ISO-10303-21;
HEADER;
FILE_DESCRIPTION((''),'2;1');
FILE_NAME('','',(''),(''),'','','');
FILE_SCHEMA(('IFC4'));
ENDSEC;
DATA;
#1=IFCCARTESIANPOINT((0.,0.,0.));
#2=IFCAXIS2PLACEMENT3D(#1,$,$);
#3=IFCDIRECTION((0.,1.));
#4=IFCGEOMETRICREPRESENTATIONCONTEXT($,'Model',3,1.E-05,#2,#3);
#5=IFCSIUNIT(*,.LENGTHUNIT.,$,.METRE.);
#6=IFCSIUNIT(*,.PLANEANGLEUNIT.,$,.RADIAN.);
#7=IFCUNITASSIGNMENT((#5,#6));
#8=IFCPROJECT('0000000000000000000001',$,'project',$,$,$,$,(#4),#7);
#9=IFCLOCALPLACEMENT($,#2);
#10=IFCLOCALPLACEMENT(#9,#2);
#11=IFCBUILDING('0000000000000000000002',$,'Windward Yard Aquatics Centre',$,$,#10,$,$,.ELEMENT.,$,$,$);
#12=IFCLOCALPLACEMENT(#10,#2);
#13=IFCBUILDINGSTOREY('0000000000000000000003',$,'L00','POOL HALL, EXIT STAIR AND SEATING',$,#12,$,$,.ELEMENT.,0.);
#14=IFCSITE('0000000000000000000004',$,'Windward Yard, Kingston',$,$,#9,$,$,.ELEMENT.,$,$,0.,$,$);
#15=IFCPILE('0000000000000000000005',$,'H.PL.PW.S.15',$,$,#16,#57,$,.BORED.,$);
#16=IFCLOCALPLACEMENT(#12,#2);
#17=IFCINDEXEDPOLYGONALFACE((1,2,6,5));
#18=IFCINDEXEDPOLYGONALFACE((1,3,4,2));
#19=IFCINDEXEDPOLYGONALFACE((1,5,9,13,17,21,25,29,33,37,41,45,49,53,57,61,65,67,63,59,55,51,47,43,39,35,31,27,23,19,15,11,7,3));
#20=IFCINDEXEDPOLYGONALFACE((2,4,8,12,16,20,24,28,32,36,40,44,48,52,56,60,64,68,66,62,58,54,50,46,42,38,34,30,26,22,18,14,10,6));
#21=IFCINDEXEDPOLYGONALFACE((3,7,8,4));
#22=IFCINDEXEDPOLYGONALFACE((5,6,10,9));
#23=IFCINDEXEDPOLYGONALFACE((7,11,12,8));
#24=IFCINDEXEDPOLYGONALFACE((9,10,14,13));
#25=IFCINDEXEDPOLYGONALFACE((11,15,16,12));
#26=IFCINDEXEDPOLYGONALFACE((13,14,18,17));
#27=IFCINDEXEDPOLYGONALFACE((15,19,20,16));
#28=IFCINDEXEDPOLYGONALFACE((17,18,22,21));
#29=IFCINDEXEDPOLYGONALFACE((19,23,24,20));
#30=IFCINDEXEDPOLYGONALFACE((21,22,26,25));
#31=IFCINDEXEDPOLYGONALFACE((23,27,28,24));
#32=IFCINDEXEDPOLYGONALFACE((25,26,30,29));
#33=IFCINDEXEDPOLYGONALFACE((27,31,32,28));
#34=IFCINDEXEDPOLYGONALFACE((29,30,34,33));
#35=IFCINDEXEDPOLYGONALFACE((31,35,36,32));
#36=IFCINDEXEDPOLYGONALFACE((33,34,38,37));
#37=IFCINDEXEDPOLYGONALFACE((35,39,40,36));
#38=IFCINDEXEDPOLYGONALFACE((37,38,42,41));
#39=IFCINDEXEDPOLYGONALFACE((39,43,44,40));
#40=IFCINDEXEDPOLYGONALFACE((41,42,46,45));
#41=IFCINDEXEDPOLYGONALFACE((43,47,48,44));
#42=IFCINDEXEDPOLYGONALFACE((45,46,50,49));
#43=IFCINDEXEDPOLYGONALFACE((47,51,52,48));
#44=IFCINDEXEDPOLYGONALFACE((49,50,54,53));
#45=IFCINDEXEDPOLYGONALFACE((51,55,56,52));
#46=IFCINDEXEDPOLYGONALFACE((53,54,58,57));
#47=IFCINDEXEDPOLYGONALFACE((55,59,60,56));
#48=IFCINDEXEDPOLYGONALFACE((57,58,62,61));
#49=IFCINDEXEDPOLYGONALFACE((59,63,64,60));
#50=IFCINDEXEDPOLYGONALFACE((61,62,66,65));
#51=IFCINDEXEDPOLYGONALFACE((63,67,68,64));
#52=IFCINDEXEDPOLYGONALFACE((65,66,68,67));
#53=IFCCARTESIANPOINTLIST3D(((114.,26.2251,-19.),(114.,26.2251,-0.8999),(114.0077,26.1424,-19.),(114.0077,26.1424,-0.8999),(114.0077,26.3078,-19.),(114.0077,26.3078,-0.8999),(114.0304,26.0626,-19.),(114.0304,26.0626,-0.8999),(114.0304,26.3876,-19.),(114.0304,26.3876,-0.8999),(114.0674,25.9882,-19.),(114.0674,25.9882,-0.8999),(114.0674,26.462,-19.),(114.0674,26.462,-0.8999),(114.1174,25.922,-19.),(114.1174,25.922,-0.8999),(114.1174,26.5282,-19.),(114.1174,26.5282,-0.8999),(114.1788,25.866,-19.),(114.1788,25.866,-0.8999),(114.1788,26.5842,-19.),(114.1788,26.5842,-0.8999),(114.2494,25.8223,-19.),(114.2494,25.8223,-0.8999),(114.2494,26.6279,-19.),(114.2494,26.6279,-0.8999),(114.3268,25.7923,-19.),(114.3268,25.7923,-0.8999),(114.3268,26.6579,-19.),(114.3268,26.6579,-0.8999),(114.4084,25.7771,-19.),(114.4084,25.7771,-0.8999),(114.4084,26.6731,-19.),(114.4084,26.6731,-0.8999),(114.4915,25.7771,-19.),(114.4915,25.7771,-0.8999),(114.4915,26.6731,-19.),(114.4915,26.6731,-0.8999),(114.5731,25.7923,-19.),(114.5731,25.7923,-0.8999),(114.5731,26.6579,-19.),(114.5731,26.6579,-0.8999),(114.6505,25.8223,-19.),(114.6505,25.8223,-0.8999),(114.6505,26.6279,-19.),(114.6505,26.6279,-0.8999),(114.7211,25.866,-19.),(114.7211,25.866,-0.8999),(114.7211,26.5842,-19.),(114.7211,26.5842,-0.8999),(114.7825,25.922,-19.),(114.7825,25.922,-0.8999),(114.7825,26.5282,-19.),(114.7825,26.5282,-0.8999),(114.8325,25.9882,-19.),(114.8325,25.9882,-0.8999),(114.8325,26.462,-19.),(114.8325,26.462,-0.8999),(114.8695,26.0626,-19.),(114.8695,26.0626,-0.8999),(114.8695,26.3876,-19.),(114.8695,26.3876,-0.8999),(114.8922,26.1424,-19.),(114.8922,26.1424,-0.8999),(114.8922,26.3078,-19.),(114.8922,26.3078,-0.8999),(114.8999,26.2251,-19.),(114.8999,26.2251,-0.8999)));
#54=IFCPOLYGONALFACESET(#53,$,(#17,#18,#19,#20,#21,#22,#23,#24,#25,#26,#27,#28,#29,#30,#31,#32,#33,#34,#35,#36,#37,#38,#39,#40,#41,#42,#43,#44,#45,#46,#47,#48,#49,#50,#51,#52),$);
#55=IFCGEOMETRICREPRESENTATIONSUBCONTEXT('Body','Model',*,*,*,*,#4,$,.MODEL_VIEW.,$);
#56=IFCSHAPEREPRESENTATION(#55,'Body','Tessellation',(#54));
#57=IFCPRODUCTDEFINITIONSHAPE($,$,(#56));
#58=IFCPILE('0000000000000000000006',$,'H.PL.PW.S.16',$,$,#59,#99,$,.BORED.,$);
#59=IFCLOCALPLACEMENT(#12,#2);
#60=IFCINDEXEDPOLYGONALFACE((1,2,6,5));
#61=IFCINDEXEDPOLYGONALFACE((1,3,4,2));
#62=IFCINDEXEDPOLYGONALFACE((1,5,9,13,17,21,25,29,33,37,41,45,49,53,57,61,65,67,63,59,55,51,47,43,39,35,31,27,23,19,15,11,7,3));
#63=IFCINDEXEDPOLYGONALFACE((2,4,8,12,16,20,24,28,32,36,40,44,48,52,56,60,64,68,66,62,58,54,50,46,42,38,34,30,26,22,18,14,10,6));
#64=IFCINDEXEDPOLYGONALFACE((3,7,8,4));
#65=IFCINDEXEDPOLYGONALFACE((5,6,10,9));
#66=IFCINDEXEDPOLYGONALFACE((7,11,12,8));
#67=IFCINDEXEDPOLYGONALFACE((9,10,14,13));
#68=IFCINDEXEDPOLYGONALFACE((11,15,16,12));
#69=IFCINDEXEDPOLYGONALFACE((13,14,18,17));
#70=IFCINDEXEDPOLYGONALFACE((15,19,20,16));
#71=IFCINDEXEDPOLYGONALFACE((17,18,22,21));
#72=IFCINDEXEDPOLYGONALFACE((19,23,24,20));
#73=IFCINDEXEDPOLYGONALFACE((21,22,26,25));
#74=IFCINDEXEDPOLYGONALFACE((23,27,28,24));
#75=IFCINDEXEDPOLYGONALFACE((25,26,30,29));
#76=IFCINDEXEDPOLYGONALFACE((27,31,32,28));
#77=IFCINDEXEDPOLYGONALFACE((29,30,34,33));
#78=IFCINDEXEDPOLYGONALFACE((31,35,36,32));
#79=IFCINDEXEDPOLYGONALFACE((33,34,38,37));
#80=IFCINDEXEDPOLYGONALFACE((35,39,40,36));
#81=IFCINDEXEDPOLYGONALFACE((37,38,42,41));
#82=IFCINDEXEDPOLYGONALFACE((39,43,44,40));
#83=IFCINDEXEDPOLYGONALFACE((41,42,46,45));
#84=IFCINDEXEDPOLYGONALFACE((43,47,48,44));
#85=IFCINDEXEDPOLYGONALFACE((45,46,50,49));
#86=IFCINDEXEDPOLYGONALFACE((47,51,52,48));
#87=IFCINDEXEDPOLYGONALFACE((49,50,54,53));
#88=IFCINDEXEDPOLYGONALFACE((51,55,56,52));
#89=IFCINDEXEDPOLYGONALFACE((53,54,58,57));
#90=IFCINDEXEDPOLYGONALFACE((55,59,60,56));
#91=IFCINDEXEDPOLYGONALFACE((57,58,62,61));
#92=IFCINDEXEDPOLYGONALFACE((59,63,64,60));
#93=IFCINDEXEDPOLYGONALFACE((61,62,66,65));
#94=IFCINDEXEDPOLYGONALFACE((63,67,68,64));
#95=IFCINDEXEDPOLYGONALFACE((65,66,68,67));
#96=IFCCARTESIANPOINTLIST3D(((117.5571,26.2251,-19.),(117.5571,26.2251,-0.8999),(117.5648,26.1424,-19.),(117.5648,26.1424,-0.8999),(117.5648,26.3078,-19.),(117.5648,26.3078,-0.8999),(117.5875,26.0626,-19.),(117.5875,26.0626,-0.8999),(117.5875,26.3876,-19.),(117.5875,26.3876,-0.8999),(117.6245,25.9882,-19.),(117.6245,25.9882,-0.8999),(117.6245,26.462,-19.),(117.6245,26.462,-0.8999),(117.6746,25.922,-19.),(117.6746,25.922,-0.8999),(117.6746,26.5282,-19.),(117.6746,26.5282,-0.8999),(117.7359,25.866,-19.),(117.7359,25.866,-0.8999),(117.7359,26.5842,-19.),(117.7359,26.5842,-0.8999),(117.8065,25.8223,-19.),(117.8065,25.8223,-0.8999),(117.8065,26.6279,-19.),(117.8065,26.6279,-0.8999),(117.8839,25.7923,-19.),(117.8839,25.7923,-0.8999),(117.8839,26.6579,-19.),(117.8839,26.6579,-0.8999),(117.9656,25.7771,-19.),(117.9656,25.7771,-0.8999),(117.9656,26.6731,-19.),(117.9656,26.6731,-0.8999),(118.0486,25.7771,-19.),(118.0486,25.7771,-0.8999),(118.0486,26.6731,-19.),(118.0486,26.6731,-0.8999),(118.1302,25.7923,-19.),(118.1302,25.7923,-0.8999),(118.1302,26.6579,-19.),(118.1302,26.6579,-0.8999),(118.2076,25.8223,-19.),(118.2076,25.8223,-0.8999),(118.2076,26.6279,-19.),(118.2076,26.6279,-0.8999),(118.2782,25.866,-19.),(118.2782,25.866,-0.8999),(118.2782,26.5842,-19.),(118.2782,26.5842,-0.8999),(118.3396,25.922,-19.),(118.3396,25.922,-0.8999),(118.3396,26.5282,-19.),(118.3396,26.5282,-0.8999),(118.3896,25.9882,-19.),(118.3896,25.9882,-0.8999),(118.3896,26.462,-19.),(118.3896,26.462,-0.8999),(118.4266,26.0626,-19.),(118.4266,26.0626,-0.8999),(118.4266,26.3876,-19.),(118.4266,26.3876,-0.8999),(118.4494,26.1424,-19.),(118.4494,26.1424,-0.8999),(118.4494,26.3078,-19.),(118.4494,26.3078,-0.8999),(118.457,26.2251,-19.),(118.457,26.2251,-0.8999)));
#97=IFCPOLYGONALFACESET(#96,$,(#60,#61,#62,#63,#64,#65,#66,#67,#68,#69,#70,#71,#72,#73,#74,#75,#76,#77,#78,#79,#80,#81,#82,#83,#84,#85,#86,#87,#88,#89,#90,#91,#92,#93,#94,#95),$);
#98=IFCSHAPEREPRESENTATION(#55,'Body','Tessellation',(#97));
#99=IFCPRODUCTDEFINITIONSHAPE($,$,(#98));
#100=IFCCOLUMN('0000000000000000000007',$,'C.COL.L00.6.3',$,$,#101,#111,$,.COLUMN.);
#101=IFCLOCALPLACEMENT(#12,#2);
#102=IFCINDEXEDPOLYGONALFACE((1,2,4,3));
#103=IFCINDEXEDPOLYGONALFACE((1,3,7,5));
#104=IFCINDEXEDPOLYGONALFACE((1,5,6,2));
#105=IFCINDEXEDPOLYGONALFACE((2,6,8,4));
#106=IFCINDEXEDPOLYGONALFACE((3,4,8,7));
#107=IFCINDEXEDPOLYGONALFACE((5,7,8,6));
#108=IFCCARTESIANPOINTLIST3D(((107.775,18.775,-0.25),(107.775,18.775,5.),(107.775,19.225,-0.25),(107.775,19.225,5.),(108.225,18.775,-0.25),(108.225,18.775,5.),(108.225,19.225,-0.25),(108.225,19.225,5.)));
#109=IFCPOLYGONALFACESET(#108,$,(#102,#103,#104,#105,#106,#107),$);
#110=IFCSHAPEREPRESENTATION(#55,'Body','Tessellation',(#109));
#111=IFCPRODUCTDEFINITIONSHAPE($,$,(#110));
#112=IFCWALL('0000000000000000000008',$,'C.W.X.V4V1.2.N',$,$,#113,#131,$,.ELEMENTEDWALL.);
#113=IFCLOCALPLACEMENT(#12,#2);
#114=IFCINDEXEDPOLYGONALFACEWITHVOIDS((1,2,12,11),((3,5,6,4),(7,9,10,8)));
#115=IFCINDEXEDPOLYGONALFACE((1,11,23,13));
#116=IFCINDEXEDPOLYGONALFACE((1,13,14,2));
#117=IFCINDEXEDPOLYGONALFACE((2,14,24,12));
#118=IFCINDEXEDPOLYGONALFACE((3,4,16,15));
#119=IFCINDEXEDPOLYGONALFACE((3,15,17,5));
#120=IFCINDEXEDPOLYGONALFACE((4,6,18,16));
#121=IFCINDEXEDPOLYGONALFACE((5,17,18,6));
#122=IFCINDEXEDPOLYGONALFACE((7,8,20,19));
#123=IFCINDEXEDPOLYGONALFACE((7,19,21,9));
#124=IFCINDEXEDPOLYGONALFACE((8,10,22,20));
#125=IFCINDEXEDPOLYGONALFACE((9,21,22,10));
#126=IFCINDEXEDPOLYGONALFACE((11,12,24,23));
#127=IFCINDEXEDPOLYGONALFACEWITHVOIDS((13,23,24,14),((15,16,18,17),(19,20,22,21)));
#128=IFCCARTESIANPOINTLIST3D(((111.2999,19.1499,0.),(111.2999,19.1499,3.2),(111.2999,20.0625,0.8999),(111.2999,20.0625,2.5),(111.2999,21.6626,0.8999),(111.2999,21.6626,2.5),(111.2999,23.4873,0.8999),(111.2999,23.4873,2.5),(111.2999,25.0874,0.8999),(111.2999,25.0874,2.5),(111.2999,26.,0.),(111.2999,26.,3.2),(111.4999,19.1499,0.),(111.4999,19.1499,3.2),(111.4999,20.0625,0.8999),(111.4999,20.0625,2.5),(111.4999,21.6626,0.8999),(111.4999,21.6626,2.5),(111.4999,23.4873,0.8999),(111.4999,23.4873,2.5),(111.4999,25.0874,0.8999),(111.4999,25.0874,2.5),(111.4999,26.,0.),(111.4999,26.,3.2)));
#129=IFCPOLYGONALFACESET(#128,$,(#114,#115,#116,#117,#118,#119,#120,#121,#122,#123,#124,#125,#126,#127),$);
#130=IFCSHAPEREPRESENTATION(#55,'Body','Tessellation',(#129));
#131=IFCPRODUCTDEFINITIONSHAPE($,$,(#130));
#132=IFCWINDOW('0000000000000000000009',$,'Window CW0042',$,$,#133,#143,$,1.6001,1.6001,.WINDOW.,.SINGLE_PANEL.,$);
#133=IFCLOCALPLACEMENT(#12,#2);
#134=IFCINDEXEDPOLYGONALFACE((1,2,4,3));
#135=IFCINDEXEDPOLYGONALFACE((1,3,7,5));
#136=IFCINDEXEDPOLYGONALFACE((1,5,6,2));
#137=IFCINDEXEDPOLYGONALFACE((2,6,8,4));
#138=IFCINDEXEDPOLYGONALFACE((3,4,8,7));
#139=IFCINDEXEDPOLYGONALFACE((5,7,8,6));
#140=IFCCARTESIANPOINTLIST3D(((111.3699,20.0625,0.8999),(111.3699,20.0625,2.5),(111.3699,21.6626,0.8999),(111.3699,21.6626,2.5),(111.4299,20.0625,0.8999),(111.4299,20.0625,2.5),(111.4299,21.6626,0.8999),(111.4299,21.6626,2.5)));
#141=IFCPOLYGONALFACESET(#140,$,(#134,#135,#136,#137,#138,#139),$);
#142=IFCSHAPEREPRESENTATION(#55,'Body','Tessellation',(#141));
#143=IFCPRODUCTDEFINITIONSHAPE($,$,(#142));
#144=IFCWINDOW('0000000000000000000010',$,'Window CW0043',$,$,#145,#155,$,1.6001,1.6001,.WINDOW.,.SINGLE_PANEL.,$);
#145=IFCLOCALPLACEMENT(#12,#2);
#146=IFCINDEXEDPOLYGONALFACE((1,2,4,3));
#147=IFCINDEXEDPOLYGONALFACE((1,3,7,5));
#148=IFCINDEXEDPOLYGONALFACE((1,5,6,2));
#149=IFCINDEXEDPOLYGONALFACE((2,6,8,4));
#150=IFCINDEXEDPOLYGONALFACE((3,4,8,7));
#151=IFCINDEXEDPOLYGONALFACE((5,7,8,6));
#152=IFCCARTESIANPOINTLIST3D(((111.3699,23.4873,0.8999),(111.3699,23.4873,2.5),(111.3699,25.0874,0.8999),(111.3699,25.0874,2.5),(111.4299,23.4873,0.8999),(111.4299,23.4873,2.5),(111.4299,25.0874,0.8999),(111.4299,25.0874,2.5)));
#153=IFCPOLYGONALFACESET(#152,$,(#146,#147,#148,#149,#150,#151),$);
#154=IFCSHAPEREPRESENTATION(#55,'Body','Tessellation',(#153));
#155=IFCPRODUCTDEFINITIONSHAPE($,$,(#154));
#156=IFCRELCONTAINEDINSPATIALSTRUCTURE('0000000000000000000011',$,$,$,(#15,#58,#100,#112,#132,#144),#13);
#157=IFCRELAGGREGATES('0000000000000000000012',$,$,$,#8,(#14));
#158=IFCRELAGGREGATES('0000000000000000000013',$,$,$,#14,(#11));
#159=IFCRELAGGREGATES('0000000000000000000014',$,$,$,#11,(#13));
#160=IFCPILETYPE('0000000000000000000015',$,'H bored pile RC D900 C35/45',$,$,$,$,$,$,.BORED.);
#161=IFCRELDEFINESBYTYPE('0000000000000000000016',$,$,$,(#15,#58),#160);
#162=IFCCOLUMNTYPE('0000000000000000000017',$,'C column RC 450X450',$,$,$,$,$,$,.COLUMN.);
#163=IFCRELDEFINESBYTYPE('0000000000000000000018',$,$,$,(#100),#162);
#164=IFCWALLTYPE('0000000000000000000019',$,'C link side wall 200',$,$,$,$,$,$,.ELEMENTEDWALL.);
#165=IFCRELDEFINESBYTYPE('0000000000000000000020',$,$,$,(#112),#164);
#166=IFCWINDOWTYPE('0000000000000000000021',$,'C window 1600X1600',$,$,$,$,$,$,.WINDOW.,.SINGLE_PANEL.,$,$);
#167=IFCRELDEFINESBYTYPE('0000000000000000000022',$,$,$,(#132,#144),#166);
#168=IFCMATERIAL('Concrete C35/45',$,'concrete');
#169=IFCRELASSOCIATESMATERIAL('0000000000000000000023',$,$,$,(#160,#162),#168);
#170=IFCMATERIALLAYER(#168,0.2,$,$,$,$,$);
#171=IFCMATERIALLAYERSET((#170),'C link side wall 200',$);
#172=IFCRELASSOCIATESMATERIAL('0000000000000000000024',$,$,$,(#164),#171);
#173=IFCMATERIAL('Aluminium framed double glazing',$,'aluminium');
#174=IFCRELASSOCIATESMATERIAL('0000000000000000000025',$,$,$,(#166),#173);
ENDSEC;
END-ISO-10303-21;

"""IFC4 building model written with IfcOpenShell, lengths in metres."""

from ifc_helpers import new_model, si_unit, direction, frame, frame_2d, origin, origin_2d, place, context, subcontext, project, spatial, rectangle, circle, extrude, material, layer, layer_set, material_profile, profile_set, type_object, element, fill, save


model = new_model("IFC4")

# Units and contexts
model_context = context("Model", 3, precision=1e-05, world=origin(), true_north=direction((0.0, 1.0)))
body_context = subcontext(model_context, "Body", "Model", "MODEL_VIEW")
ifc_project = project(units=[si_unit("LENGTHUNIT", "METRE"), si_unit("PLANEANGLEUNIT", "RADIAN")], contexts=[model_context])

# Site, building, storey
site_placement = place(None, origin())
site = spatial("IfcSite", under=ifc_project, at=site_placement, Name="Windward Yard, Kingston", CompositionType="ELEMENT", RefElevation=0.0)
building_placement = place(site_placement, origin())
building = spatial("IfcBuilding", under=site, at=building_placement, Name="Windward Yard Aquatics Centre", CompositionType="ELEMENT")
storey_placement = place(building_placement, origin())
storey = spatial("IfcBuildingStorey", under=building, at=storey_placement, Name="L00", Description="POOL HALL, EXIT STAIR AND SEATING", CompositionType="ELEMENT", Elevation=0.0)

# Shared definitions
ifc_material_1 = material(Name="Concrete C35/45", Category="concrete")

# Piles
ifc_material_profile_1 = material_profile(ifc_material_1, circle(Radius=0.45, at=origin_2d()), Name="RC D900")
ifc_profile_set_1 = profile_set([ifc_material_profile_1], Name="Concrete C35/45")
pile_type_1 = type_object("IfcPileType", Name="H bored pile RC D900 C35/45", PredefinedType="BORED", material=ifc_profile_set_1)
for number, where, z_axis, x_axis, name in (
    (1, (114.45, 26.2251, -0.8999), (0.0, 0.0, -1.0), (1.0, 0.0, 0.0), "H.PL.PW.S.15"),
    (2, (118.0071, 26.2251, -0.8999), (0.0, 0.0, -1.0), (1.0, 0.0, 0.0), "H.PL.PW.S.16"),
):
    element("IfcPile", number, at=place(storey_placement, frame(where, z_axis=z_axis, x_axis=x_axis)), inside=storey, type_object=pile_type_1, Name=name, PredefinedType="BORED", context=body_context, shape_type="SweptSolid", body=[
        extrude(circle(Radius=0.45, at=origin_2d()), origin(), (0.0, 0.0, 1.0), 18.1001),
    ])

# Column
ifc_material_profile_2 = material_profile(ifc_material_1, rectangle(XDim=0.45, YDim=0.45, at=origin_2d()), Name="RC 450X450")
ifc_profile_set_2 = profile_set([ifc_material_profile_2], Name="Concrete C35/45")
column_type = type_object("IfcColumnType", Name="C column RC 450X450", PredefinedType="COLUMN", material=ifc_profile_set_2)
column_placement = place(storey_placement, frame((108.0, 19.0, -0.25), z_axis=(0.0, 0.0, 1.0), x_axis=(1.0, 0.0, 0.0)))
element("IfcColumn", 3, at=column_placement, inside=storey, type_object=column_type, Name="C.COL.L00.6.3", PredefinedType="COLUMN", context=body_context, shape_type="SweptSolid", body=[
    extrude(rectangle(XDim=0.45, YDim=0.45, at=origin_2d()), origin(), (0.0, 0.0, 1.0), 5.25),
])

# Wall, openings, windows
ifc_layer_1 = layer(ifc_material_1, 0.2)
ifc_layer_set_1 = layer_set([ifc_layer_1], Name="C link side wall 200")
wall_type_1 = type_object("IfcWallType", Name="C link side wall 200", PredefinedType="ELEMENTEDWALL", material=ifc_layer_set_1)
wall_1_placement = place(storey_placement, frame((111.3999, 19.1499, 0.0), z_axis=(0.0, 0.0, 1.0), x_axis=(0.0, 1.0, 0.0)))
wall_1 = element("IfcWall", 4, at=wall_1_placement, inside=storey, type_object=wall_type_1, Name="C.W.X.V4V1.2.N", PredefinedType="ELEMENTEDWALL", context=body_context, shape_type="SweptSolid", body=[
    extrude(rectangle(XDim=6.8501, YDim=0.2, at=frame_2d((3.425, 0.0))), origin(), (0.0, 0.0, 1.0), 3.2),
])
opening_1_placement = place(wall_1_placement, frame((0.9126, 0.0, 0.8999)))
opening_1 = element("IfcOpeningElement", 5, at=opening_1_placement, cuts=wall_1, PredefinedType="OPENING", context=body_context, shape_type="SweptSolid", body=[
    extrude(rectangle(XDim=1.6001, YDim=1.6001, at=frame_2d((0.8, 0.8))), frame((0.0, 0.1099, 0.0), z_axis=(0.0, -1.0, 0.0), x_axis=(1.0, 0.0, 0.0)), (0.0, 0.0, 1.0), 0.22),
])
opening_2_placement = place(wall_1_placement, frame((4.3374, 0.0, 0.8999)))
opening_2 = element("IfcOpeningElement", 6, at=opening_2_placement, cuts=wall_1, PredefinedType="OPENING", context=body_context, shape_type="SweptSolid", body=[
    extrude(rectangle(XDim=1.6001, YDim=1.6001, at=frame_2d((0.8, 0.8))), frame((0.0, 0.1099, 0.0), z_axis=(0.0, -1.0, 0.0), x_axis=(1.0, 0.0, 0.0)), (0.0, 0.0, 1.0), 0.22),
])
ifc_material_2 = material(Name="Aluminium framed double glazing", Category="aluminium")
window_type_1 = type_object("IfcWindowType", Name="C window 1600X1600", PartitioningType="SINGLE_PANEL", PredefinedType="WINDOW", material=ifc_material_2)
window_1_placement = place(opening_1_placement, origin())
window_1 = element("IfcWindow", 7, at=window_1_placement, inside=storey, type_object=window_type_1, Name="Window CW0042", OverallHeight=1.6001, OverallWidth=1.6001, PartitioningType="SINGLE_PANEL", PredefinedType="WINDOW", context=body_context, shape_type="SweptSolid", body=[
    extrude(rectangle(XDim=1.6001, YDim=1.6001, at=frame_2d((0.8, 0.8))), frame((0.0, 0.03, 0.0), z_axis=(0.0, -1.0, 0.0), x_axis=(1.0, 0.0, 0.0)), (0.0, 0.0, 1.0), 0.0601),
])
fill(opening_1, window_1)
window_2_placement = place(opening_2_placement, origin())
window_2 = element("IfcWindow", 8, at=window_2_placement, inside=storey, type_object=window_type_1, Name="Window CW0043", OverallHeight=1.6001, OverallWidth=1.6001, PartitioningType="SINGLE_PANEL", PredefinedType="WINDOW", context=body_context, shape_type="SweptSolid", body=[
    extrude(rectangle(XDim=1.6001, YDim=1.6001, at=frame_2d((0.8, 0.8))), frame((0.0, 0.03, 0.0), z_axis=(0.0, -1.0, 0.0), x_axis=(1.0, 0.0, 0.0)), (0.0, 0.0, 1.0), 0.0601),
])
fill(opening_2, window_2)

save(model, "model.ifc")
